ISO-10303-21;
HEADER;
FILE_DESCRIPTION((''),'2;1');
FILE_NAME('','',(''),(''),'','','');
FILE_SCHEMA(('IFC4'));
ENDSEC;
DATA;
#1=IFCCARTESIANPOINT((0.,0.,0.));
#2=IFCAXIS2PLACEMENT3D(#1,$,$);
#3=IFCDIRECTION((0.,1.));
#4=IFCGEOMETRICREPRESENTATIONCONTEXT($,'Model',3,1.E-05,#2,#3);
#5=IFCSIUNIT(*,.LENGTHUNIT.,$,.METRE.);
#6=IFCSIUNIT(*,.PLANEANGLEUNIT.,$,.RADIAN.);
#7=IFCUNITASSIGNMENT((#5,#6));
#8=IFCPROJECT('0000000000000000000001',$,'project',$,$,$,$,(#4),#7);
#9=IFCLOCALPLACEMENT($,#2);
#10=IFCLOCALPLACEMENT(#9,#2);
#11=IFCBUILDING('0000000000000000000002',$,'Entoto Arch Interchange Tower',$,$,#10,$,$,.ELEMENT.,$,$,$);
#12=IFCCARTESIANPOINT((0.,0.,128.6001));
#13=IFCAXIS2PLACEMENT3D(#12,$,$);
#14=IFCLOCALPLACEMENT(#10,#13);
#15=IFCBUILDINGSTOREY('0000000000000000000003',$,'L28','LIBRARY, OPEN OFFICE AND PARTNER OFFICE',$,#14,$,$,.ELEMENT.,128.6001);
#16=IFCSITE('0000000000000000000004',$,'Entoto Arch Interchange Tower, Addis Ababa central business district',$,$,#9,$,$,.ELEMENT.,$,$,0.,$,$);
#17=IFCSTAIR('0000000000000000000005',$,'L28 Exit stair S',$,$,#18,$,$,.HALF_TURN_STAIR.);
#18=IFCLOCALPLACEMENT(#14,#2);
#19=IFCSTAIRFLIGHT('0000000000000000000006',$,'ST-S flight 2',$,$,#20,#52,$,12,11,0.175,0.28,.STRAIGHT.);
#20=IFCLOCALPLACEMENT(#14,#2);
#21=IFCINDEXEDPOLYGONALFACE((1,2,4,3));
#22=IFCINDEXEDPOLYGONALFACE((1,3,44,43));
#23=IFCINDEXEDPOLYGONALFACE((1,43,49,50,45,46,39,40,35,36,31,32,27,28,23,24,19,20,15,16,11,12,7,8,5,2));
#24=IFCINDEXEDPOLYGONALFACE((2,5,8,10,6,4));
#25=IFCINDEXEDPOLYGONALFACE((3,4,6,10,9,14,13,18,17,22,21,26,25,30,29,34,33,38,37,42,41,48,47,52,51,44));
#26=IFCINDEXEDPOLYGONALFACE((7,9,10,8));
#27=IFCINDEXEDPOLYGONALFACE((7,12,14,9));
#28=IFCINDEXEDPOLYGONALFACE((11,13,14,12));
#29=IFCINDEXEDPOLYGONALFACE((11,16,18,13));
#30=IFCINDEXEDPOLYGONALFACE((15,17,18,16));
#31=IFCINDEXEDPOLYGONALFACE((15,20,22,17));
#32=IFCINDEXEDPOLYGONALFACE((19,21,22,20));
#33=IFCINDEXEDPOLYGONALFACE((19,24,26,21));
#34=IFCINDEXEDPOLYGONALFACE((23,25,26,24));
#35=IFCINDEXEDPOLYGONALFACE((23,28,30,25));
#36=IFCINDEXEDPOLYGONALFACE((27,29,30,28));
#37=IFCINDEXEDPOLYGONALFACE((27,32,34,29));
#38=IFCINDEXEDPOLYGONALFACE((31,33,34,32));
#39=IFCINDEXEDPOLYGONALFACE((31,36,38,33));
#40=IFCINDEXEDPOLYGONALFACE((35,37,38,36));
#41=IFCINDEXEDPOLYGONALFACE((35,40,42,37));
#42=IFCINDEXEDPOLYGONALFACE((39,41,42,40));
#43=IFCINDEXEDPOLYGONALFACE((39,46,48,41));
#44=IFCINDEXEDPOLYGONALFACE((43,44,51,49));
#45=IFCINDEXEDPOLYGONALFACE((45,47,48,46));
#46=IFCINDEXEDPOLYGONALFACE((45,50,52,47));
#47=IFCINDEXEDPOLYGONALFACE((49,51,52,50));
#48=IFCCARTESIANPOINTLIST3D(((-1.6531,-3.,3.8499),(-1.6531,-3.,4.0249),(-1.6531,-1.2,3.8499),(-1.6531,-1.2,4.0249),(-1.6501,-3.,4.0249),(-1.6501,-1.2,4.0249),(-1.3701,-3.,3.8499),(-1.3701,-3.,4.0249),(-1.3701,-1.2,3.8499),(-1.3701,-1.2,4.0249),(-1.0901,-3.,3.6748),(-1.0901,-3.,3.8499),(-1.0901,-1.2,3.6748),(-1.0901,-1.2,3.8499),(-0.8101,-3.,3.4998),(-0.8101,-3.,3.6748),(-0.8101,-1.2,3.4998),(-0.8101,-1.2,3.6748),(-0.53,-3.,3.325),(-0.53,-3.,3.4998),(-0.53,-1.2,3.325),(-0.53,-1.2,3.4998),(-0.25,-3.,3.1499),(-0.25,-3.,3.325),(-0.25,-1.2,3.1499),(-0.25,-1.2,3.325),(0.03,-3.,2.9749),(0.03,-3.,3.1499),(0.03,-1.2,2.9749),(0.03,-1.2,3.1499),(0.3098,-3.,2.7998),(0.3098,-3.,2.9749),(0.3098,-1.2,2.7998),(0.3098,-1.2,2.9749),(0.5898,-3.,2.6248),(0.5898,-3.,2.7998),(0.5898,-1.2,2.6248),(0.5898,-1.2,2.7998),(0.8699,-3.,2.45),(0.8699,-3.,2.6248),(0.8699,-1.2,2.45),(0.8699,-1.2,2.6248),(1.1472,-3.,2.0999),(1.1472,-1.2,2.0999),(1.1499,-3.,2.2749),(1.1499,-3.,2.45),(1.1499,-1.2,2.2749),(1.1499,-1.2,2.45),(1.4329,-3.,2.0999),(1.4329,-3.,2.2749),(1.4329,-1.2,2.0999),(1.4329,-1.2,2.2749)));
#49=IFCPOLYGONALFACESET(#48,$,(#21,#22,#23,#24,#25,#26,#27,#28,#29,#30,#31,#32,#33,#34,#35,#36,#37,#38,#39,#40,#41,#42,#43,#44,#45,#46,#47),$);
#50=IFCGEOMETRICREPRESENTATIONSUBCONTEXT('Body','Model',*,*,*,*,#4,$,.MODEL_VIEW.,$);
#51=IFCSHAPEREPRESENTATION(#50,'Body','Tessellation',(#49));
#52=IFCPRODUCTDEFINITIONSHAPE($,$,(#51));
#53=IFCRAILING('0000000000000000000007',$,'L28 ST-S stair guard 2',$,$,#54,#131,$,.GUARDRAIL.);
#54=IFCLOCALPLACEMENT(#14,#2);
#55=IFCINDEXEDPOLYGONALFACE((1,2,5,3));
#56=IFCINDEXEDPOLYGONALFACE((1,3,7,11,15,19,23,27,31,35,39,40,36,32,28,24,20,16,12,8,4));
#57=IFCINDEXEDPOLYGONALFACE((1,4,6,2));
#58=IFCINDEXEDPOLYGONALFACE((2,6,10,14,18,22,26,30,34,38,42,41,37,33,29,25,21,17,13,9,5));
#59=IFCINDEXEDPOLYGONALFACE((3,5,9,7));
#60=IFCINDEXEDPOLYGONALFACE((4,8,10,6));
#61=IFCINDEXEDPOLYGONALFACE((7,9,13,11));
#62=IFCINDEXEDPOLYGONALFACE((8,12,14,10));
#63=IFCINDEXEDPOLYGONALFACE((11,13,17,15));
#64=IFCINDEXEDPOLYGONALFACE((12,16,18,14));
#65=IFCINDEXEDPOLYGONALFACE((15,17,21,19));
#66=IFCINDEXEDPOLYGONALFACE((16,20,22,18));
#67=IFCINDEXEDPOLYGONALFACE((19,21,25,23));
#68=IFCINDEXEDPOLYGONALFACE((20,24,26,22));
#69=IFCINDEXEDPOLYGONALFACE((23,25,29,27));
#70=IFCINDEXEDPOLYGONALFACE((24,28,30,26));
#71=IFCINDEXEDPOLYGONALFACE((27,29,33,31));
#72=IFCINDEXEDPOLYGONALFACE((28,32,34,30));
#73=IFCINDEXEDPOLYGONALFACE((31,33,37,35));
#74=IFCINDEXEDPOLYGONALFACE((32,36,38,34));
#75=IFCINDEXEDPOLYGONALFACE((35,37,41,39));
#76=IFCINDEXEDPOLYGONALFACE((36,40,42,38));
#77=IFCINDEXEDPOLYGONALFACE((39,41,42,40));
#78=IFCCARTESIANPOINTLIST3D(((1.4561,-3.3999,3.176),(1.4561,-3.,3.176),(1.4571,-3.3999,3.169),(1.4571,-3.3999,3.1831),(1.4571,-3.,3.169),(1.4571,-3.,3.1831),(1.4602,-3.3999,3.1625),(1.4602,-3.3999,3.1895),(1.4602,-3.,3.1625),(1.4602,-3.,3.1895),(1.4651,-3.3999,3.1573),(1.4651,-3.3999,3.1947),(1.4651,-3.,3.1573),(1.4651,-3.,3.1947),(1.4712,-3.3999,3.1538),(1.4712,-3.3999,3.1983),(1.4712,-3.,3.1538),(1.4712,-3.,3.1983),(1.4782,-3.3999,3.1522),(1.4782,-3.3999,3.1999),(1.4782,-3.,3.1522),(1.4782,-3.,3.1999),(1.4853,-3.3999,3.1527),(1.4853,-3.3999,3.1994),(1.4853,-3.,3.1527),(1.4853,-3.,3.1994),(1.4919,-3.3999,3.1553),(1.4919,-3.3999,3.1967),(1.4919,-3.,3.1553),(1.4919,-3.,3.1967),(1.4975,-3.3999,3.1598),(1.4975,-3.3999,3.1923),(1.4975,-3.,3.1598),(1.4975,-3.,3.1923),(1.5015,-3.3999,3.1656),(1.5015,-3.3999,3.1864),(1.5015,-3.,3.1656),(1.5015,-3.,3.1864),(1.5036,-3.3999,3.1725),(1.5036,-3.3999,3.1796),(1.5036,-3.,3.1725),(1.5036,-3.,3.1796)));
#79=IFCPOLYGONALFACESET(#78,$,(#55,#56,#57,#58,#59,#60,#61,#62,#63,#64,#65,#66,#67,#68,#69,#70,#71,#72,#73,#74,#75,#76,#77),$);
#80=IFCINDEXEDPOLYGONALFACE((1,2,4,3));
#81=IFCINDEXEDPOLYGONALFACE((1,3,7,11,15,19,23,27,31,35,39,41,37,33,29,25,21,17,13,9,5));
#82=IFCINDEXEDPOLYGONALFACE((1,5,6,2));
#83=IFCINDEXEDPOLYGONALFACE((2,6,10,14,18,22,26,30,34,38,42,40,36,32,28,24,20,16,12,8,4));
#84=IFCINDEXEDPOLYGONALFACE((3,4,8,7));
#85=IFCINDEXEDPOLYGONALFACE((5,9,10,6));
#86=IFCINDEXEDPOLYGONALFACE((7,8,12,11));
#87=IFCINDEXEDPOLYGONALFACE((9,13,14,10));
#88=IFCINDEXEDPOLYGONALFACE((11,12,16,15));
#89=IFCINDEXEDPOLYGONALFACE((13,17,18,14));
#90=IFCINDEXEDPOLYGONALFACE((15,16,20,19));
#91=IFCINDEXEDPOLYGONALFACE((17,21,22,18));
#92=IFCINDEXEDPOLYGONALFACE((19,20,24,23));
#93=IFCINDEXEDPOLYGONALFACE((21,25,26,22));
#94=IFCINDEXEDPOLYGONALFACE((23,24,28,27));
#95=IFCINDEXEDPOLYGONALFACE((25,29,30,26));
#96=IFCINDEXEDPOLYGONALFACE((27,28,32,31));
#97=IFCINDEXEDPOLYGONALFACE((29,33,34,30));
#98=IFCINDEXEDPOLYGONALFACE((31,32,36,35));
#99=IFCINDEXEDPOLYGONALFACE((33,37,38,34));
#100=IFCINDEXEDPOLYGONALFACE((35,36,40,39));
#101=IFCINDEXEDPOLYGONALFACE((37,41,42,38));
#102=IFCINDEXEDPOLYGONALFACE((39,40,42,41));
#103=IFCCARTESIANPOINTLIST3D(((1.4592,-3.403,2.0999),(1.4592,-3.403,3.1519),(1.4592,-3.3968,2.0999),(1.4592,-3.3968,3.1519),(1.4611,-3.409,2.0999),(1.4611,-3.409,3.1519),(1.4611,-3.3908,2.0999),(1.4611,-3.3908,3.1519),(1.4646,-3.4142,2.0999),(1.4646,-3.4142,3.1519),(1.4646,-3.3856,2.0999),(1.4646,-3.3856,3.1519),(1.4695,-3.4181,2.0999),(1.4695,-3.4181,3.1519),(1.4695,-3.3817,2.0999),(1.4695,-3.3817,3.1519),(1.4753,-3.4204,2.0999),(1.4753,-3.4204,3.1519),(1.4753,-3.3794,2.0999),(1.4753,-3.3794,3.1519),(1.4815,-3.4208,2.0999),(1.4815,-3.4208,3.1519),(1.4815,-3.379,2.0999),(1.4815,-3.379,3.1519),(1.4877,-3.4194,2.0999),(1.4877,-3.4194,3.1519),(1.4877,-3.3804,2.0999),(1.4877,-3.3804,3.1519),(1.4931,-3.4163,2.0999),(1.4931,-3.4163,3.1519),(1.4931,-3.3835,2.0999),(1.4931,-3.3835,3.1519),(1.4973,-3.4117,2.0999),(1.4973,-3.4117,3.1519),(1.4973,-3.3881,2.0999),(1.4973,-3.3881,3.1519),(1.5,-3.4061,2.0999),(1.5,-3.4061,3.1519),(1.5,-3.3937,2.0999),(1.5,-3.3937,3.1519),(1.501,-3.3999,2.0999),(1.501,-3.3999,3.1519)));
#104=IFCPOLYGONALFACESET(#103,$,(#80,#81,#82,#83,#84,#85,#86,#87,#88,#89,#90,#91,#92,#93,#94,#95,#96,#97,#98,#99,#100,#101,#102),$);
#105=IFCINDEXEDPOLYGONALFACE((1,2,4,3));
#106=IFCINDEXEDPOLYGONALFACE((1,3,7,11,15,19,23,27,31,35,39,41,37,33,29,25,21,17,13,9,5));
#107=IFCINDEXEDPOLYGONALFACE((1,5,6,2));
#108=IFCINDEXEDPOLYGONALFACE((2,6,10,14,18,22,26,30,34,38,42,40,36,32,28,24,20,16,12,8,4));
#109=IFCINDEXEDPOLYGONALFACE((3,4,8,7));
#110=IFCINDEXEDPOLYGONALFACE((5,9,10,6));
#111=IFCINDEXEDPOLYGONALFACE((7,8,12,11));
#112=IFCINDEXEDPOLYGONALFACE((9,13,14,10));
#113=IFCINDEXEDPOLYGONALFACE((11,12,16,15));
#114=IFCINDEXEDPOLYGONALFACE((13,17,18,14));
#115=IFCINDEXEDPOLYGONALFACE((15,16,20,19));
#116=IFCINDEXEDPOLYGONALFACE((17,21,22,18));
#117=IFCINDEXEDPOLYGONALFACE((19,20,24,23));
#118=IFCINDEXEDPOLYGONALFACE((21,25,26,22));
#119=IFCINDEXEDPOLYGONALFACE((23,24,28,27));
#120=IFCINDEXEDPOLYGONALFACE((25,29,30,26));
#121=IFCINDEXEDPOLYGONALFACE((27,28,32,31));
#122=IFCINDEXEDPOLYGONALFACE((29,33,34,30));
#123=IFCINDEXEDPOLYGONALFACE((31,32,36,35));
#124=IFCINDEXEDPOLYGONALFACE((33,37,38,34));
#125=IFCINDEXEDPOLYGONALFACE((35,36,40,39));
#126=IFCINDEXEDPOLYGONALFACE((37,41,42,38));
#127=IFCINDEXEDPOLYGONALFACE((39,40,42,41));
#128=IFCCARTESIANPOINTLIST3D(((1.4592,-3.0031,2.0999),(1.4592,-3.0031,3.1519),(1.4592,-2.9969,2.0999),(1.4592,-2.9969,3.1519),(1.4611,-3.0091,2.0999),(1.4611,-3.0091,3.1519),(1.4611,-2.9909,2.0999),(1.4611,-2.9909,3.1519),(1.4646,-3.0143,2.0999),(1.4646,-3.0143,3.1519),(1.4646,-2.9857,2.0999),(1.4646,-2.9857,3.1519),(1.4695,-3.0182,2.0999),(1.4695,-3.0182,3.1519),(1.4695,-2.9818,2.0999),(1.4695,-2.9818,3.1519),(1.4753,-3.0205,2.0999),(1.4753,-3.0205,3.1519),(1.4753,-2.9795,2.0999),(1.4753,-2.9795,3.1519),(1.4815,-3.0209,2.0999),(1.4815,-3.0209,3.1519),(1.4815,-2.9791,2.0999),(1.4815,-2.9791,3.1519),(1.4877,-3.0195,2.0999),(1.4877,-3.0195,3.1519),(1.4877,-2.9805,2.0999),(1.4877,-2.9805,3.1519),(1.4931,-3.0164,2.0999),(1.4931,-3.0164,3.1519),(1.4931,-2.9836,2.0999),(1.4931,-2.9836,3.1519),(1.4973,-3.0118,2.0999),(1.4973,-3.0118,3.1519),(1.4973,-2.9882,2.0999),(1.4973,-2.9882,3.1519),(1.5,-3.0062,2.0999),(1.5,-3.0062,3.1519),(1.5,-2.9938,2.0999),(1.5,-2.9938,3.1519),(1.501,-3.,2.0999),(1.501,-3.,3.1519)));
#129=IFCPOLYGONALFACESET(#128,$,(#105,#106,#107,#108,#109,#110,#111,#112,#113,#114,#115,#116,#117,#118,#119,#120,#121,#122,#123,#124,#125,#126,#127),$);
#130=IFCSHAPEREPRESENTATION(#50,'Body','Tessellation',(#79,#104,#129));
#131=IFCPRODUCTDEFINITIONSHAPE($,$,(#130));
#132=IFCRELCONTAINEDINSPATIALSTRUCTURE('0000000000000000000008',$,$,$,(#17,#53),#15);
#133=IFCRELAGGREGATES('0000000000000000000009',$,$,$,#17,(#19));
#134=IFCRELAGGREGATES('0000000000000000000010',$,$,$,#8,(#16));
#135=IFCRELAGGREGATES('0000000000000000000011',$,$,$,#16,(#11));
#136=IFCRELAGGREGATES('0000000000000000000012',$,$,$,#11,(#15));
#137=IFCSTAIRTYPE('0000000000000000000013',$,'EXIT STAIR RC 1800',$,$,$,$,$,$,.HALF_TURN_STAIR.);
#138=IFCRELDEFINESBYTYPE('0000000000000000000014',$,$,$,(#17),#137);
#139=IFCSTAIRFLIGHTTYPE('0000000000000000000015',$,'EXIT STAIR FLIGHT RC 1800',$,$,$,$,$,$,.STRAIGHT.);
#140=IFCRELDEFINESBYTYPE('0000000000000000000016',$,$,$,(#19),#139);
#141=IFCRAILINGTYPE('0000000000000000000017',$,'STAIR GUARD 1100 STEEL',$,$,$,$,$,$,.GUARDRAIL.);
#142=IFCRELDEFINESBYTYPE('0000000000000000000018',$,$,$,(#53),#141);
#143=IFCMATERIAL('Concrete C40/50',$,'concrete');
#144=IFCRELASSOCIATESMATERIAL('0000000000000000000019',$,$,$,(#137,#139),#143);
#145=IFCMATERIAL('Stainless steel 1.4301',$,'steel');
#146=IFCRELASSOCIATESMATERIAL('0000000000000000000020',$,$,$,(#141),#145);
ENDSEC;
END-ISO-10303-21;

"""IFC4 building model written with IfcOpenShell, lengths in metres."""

from ifc_helpers import new_model, si_unit, direction, frame, origin, origin_2d, place, context, subcontext, project, spatial, polyline, circle, outline, extrude, material, type_object, element, aggregate, save


model = new_model("IFC4")

# Units and contexts
model_context = context("Model", 3, precision=1e-05, world=origin(), true_north=direction((0.0, 1.0)))
body_context = subcontext(model_context, "Body", "Model", "MODEL_VIEW")
ifc_project = project(units=[si_unit("LENGTHUNIT", "METRE"), si_unit("PLANEANGLEUNIT", "RADIAN")], contexts=[model_context])

# Site, building, storey
site_placement = place(None, origin())
site = spatial("IfcSite", under=ifc_project, at=site_placement, Name="Entoto Arch Interchange Tower, Addis Ababa central business district", CompositionType="ELEMENT", RefElevation=0.0)
building_placement = place(site_placement, origin())
building = spatial("IfcBuilding", under=site, at=building_placement, Name="Entoto Arch Interchange Tower", CompositionType="ELEMENT")
storey_placement = place(building_placement, frame((0.0, 0.0, 128.6001)))
storey = spatial("IfcBuildingStorey", under=building, at=storey_placement, Name="L28", Description="LIBRARY, OPEN OFFICE AND PARTNER OFFICE", CompositionType="ELEMENT", Elevation=128.6001)

# Shared definitions
ifc_material_1 = material(Name="Concrete C40/50", Category="concrete")

# Stair, stair flight
stair_type = type_object("IfcStairType", Name="EXIT STAIR RC 1800", PredefinedType="HALF_TURN_STAIR", material=ifc_material_1)
stair_placement = place(storey_placement, origin())
stair = element("IfcStair", 1, at=stair_placement, inside=storey, type_object=stair_type, Name="L28 Exit stair S", PredefinedType="HALF_TURN_STAIR")
stair_flight_type = type_object("IfcStairFlightType", Name="EXIT STAIR FLIGHT RC 1800", PredefinedType="STRAIGHT", material=ifc_material_1)
stair_flight_placement = place(storey_placement, frame((1.4299, -2.1001, 2.0999), z_axis=(0.0, 0.0, 1.0), x_axis=(-1.0, 0.0, 0.0)))
stair_flight = element("IfcStairFlight", 2, at=stair_flight_placement, type_object=stair_flight_type, Name="ST-S flight 2", NumberOfRisers=12, NumberOfTreads=11, PredefinedType="STRAIGHT", RiserHeight=0.175, TreadLength=0.28, context=body_context, shape_type="SweptSolid", body=[
    extrude(outline(polyline([(-0.0029, 0.0), (-0.0029, 0.175), (0.28, 0.175), (0.28, 0.3501), (0.5601, 0.3501), (0.5601, 0.5249), (0.8401, 0.5249), (0.8401, 0.7), (1.1201, 0.7), (1.1201, 0.875), (1.3999, 0.875), (1.3999, 1.05), (1.6799, 1.05), (1.6799, 1.2251), (1.96, 1.2251), (1.96, 1.3999), (2.24, 1.3999), (2.24, 1.575), (2.52, 1.575), (2.52, 1.75), (2.8, 1.75), (2.8, 1.925), (3.0801, 1.925), (3.083, 1.925), (3.083, 1.75), (0.2827, 0.0), (-0.0029, 0.0)])), frame((0.0, 0.8999, 0.0), z_axis=(0.0, -1.0, 0.0), x_axis=(1.0, 0.0, 0.0)), (0.0, 0.0, 1.0), 1.8),
])
aggregate(stair, [stair_flight])

# Railing
ifc_material_2 = material(Name="Stainless steel 1.4301", Category="steel")
railing_type_1 = type_object("IfcRailingType", Name="STAIR GUARD 1100 STEEL", PredefinedType="GUARDRAIL", material=ifc_material_2)
railing_1_placement = place(storey_placement, frame((1.48, -3.3999, 2.0999)))
element("IfcRailing", 3, at=railing_1_placement, inside=storey, type_object=railing_type_1, Name="L28 ST-S stair guard 2", PredefinedType="GUARDRAIL", context=body_context, shape_type="SweptSolid", body=[
    extrude(circle(Radius=0.0239, at=origin_2d()), frame((0.0, 0.0, 1.0762), z_axis=(0.0, 1.0, 0.0), x_axis=(-1.0, 0.0, 0.0)), (0.0, 0.0, 1.0), 0.3999),
    extrude(circle(Radius=0.021, at=origin_2d()), origin(), (0.0, 0.0, 1.0), 1.052),
    extrude(circle(Radius=0.021, at=origin_2d()), frame((0.0, 0.3999, 0.0)), (0.0, 0.0, 1.0), 1.052),
])

save(model, "model.ifc")
